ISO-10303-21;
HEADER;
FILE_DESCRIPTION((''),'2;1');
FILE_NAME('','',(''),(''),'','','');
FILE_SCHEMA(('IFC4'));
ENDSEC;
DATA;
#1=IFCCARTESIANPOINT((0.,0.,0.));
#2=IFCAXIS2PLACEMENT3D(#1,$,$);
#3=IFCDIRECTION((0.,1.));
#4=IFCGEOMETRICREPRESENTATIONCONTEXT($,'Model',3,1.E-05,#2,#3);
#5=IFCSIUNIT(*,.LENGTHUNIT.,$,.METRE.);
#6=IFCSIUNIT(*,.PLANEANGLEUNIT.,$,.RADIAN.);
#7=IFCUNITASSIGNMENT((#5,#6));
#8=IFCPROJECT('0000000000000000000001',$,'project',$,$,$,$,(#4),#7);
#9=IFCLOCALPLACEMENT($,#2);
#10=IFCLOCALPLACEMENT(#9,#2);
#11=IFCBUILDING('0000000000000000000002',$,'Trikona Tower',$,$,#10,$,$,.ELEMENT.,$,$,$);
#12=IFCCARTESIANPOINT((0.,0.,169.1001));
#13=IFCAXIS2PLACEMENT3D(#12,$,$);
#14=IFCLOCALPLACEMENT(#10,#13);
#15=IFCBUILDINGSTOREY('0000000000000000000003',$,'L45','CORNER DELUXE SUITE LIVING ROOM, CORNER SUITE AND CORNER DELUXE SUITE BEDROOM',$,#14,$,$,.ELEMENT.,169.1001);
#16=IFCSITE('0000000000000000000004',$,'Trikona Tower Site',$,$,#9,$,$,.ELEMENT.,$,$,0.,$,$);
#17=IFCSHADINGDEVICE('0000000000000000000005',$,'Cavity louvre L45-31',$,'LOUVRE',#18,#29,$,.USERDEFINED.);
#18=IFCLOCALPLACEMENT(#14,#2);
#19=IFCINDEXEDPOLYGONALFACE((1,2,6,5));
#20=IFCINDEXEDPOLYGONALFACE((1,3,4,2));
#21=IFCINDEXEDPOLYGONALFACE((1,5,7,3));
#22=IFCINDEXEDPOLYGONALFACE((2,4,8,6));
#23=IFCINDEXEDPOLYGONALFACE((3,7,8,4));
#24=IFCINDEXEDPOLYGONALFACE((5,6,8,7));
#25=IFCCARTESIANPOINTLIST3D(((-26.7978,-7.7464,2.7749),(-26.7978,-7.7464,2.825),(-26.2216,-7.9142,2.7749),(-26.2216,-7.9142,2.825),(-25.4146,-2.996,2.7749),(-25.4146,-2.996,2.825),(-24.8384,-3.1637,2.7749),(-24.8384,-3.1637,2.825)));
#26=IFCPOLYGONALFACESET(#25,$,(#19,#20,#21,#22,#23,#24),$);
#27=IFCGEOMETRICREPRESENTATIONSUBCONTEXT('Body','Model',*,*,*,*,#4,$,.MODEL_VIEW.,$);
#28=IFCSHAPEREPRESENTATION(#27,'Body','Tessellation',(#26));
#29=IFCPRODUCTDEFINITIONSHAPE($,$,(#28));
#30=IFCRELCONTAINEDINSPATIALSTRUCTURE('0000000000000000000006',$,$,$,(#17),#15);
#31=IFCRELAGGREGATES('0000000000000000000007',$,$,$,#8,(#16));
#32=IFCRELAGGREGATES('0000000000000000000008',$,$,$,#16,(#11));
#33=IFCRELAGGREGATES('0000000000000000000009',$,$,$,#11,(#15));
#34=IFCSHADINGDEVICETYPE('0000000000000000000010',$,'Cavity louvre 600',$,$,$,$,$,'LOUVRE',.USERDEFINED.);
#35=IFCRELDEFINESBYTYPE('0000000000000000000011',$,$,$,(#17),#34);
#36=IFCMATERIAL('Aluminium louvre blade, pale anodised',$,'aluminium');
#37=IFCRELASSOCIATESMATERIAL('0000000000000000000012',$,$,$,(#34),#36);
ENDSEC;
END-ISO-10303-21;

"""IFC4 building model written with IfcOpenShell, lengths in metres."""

from ifc_helpers import new_model, si_unit, direction, frame, origin, origin_2d, place, context, subcontext, project, spatial, rectangle, extrude, material, type_object, element, save


model = new_model("IFC4")

# Units and contexts
model_context = context("Model", 3, precision=1e-05, world=origin(), true_north=direction((0.0, 1.0)))
body_context = subcontext(model_context, "Body", "Model", "MODEL_VIEW")
ifc_project = project(units=[si_unit("LENGTHUNIT", "METRE"), si_unit("PLANEANGLEUNIT", "RADIAN")], contexts=[model_context])

# Site, building, storey
site_placement = place(None, origin())
site = spatial("IfcSite", under=ifc_project, at=site_placement, Name="Trikona Tower Site", CompositionType="ELEMENT", RefElevation=0.0)
building_placement = place(site_placement, origin())
building = spatial("IfcBuilding", under=site, at=building_placement, Name="Trikona Tower", CompositionType="ELEMENT")
storey_placement = place(building_placement, frame((0.0, 0.0, 169.1001)))
storey = spatial("IfcBuildingStorey", under=building, at=storey_placement, Name="L45", Description="CORNER DELUXE SUITE LIVING ROOM, CORNER SUITE AND CORNER DELUXE SUITE BEDROOM", CompositionType="ELEMENT", Elevation=169.1001)

# Shading device
ifc_material_1 = material(Name="Aluminium louvre blade, pale anodised", Category="aluminium")
shading_device_type = type_object("IfcShadingDeviceType", Name="Cavity louvre 600", ElementType="LOUVRE", PredefinedType="USERDEFINED", material=ifc_material_1)
shading_device_1_placement = place(storey_placement, frame((-25.8181, -5.4551, 2.7749), z_axis=(0.0, 0.0, 1.0), x_axis=(-0.279554, -0.96013, 0.0)))
element("IfcShadingDevice", 1, at=shading_device_1_placement, inside=storey, type_object=shading_device_type, Name="Cavity louvre L45-31", ObjectType="LOUVRE", PredefinedType="USERDEFINED", context=body_context, shape_type="SweptSolid", body=[
    extrude(rectangle(XDim=4.9478, YDim=0.6001, at=origin_2d()), origin(), (0.0, 0.0, 1.0), 0.05),
])

save(model, "model.ifc")
